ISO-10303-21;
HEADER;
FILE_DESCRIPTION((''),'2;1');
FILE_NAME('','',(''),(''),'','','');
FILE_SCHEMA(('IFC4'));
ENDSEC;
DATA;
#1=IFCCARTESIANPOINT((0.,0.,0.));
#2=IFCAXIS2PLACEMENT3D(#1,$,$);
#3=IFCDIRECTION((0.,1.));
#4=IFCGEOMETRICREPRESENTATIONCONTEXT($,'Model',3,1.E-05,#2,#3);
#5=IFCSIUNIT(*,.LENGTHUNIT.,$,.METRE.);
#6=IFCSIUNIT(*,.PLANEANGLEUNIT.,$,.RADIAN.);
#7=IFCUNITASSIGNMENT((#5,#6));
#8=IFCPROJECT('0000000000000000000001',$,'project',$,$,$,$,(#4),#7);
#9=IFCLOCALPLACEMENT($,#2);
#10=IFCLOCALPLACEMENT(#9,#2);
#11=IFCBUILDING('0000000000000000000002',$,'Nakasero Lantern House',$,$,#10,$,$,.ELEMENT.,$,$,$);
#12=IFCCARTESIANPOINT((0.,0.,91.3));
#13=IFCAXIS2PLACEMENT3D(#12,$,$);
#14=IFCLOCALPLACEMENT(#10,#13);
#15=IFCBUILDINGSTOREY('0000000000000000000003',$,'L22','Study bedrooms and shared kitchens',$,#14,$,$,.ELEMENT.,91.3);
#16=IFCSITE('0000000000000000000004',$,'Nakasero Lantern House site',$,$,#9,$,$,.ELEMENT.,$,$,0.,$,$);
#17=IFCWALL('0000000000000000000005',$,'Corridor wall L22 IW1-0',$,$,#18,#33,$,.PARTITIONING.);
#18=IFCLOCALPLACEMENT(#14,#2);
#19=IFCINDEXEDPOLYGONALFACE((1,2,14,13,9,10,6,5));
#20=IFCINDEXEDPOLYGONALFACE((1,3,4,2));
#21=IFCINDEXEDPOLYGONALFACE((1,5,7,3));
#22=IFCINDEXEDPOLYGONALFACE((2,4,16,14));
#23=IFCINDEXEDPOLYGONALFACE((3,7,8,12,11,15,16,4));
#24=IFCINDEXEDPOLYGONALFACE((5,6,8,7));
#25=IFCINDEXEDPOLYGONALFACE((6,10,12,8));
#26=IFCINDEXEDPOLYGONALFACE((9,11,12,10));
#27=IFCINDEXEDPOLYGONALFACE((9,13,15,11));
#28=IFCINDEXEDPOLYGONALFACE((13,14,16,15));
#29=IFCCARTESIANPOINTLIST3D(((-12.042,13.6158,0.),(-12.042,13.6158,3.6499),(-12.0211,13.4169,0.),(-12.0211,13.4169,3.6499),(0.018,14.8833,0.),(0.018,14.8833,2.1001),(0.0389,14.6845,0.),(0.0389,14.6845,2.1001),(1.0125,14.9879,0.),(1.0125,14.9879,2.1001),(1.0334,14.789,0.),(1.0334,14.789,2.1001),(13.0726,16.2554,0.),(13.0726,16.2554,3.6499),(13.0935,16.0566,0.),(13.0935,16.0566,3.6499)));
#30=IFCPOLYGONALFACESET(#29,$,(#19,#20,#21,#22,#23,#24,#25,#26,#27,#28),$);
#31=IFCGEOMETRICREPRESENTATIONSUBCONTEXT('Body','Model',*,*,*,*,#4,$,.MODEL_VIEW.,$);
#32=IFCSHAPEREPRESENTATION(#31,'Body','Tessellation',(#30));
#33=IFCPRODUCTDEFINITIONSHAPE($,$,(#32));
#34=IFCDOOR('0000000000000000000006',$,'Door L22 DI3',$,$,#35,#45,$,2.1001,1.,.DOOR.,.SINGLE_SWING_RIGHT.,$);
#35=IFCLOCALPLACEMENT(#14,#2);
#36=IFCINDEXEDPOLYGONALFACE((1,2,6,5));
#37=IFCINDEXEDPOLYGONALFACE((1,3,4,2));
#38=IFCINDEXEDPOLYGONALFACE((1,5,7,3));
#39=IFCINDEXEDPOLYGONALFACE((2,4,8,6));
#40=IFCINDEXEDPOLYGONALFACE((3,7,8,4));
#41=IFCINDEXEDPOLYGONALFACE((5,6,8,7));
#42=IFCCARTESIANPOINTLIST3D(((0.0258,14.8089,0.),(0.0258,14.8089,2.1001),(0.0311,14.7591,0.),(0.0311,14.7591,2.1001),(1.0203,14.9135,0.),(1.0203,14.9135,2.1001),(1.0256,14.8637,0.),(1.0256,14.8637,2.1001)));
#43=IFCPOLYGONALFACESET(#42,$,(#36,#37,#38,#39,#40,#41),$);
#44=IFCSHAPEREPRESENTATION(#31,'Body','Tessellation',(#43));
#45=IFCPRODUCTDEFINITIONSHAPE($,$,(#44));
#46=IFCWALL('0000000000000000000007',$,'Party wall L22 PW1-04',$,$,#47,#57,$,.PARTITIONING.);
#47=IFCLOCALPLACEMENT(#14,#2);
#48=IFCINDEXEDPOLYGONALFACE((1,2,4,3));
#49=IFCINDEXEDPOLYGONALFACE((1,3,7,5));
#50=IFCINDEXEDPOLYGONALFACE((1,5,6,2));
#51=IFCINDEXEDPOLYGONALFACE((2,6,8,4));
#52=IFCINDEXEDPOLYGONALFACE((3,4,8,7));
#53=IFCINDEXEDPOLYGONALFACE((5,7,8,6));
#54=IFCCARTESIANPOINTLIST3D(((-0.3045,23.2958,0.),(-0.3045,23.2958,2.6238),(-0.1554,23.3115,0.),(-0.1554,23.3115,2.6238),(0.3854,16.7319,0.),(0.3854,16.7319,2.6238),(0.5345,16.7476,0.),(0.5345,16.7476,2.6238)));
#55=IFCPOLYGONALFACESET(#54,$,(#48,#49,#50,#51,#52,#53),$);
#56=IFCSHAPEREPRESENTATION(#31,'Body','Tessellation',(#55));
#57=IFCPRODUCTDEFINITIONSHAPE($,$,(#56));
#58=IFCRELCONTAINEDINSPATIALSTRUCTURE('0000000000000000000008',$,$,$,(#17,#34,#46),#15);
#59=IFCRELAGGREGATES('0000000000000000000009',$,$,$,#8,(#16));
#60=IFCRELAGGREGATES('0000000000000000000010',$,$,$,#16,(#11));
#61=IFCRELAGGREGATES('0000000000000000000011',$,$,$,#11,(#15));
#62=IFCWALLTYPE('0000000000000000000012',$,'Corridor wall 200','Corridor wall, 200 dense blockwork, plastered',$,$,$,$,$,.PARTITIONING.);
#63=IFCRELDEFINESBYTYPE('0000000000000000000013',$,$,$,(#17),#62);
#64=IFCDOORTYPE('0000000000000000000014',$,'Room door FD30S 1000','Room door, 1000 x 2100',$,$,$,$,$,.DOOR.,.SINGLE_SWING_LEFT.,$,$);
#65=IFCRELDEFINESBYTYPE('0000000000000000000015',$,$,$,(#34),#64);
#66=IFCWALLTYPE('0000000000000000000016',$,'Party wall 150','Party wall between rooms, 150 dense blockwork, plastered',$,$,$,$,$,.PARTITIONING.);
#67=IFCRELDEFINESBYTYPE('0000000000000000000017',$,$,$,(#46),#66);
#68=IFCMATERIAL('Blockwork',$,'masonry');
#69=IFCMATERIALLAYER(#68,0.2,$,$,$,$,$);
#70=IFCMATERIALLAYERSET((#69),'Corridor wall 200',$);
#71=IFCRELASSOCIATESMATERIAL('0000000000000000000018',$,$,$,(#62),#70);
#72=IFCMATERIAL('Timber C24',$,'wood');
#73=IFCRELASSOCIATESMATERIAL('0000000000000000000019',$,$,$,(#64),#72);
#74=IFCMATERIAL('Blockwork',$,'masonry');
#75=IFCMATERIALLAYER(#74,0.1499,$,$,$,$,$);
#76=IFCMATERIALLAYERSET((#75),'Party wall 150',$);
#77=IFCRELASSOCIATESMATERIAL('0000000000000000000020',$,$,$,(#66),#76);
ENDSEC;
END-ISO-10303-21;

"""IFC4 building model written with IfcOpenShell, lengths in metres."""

from ifc_helpers import new_model, si_unit, direction, frame, frame_2d, origin, place, context, subcontext, project, spatial, rectangle, extrude, material, layer, layer_set, type_object, element, fill, save


model = new_model("IFC4")

# Units and contexts
model_context = context("Model", 3, precision=1e-05, world=origin(), true_north=direction((0.0, 1.0)))
body_context = subcontext(model_context, "Body", "Model", "MODEL_VIEW")
ifc_project = project(units=[si_unit("LENGTHUNIT", "METRE"), si_unit("PLANEANGLEUNIT", "RADIAN")], contexts=[model_context])

# Site, building, storey
site_placement = place(None, origin())
site = spatial("IfcSite", under=ifc_project, at=site_placement, Name="Nakasero Lantern House site", CompositionType="ELEMENT", RefElevation=0.0)
building_placement = place(site_placement, origin())
building = spatial("IfcBuilding", under=site, at=building_placement, Name="Nakasero Lantern House", CompositionType="ELEMENT")
storey_placement = place(building_placement, frame((0.0, 0.0, 91.3)))
storey = spatial("IfcBuildingStorey", under=building, at=storey_placement, Name="L22", Description="Study bedrooms and shared kitchens", CompositionType="ELEMENT", Elevation=91.3)

# Shared definitions
ifc_material_1 = material(Name="Blockwork", Category="masonry")
ifc_layer_1 = layer(ifc_material_1, 0.2)
ifc_layer_set_1 = layer_set([ifc_layer_1], Name="Corridor wall 200")
wall_type_1 = type_object("IfcWallType", Name="Corridor wall 200", Description="Corridor wall, 200 dense blockwork, plastered", PredefinedType="PARTITIONING", material=ifc_layer_set_1)

# Wall, opening, door
wall_1_placement = place(storey_placement, frame((13.083, 16.156, 0.0), z_axis=(0.0, 0.0, 1.0), x_axis=(-0.994522, -0.104529, 0.0)))
wall_1 = element("IfcWall", 1, at=wall_1_placement, inside=storey, type_object=wall_type_1, Name="Corridor wall L22 IW1-0", PredefinedType="PARTITIONING", context=body_context, shape_type="SweptSolid", body=[
    extrude(rectangle(XDim=25.2529, YDim=0.2, at=frame_2d((12.6265, 0.0))), origin(), (0.0, 0.0, 1.0), 3.6499),
])
opening_placement = place(wall_1_placement, frame((12.1265, 0.0, 0.0)))
opening = element("IfcOpeningElement", 2, at=opening_placement, cuts=wall_1, PredefinedType="OPENING", context=body_context, shape_type="SweptSolid", body=[
    extrude(rectangle(XDim=1.0, YDim=2.1001, at=frame_2d((0.5, 1.05))), frame((0.0, 0.1199, 0.0), z_axis=(0.0, -1.0, 0.0), x_axis=(1.0, 0.0, 0.0)), (0.0, 0.0, 1.0), 0.24),
])
ifc_material_2 = material(Name="Timber C24", Category="wood")
door_type = type_object("IfcDoorType", Name="Room door FD30S 1000", Description="Room door, 1000 x 2100", OperationType="SINGLE_SWING_LEFT", PredefinedType="DOOR", material=ifc_material_2)
door_placement = place(opening_placement, origin())
door = element("IfcDoor", 3, at=door_placement, inside=storey, type_object=door_type, Name="Door L22 DI3", OperationType="SINGLE_SWING_RIGHT", OverallHeight=2.1001, OverallWidth=1.0, PredefinedType="DOOR", context=body_context, shape_type="SweptSolid", body=[
    extrude(rectangle(XDim=1.0, YDim=2.1001, at=frame_2d((0.5, 1.05))), frame((0.0, 0.0249, 0.0), z_axis=(0.0, -1.0, 0.0), x_axis=(1.0, 0.0, 0.0)), (0.0, 0.0, 1.0), 0.05),
])
fill(opening, door)

# Wall
ifc_material_3 = material(Name="Blockwork", Category="masonry")
ifc_layer_2 = layer(ifc_material_3, 0.1499)
ifc_layer_set_2 = layer_set([ifc_layer_2], Name="Party wall 150")
wall_type_2 = type_object("IfcWallType", Name="Party wall 150", Description="Party wall between rooms, 150 dense blockwork, plastered", PredefinedType="PARTITIONING", material=ifc_layer_set_2)
wall_2_placement = place(storey_placement, frame((0.46, 16.7397, 0.0), z_axis=(0.0, 0.0, 1.0), x_axis=(-0.104535, 0.994521, 0.0)))
element("IfcWall", 4, at=wall_2_placement, inside=storey, type_object=wall_type_2, Name="Party wall L22 PW1-04", PredefinedType="PARTITIONING", context=body_context, shape_type="SweptSolid", body=[
    extrude(rectangle(XDim=6.6001, YDim=0.1499, at=frame_2d((3.3, 0.0))), origin(), (0.0, 0.0, 1.0), 2.6238),
])

save(model, "model.ifc")
